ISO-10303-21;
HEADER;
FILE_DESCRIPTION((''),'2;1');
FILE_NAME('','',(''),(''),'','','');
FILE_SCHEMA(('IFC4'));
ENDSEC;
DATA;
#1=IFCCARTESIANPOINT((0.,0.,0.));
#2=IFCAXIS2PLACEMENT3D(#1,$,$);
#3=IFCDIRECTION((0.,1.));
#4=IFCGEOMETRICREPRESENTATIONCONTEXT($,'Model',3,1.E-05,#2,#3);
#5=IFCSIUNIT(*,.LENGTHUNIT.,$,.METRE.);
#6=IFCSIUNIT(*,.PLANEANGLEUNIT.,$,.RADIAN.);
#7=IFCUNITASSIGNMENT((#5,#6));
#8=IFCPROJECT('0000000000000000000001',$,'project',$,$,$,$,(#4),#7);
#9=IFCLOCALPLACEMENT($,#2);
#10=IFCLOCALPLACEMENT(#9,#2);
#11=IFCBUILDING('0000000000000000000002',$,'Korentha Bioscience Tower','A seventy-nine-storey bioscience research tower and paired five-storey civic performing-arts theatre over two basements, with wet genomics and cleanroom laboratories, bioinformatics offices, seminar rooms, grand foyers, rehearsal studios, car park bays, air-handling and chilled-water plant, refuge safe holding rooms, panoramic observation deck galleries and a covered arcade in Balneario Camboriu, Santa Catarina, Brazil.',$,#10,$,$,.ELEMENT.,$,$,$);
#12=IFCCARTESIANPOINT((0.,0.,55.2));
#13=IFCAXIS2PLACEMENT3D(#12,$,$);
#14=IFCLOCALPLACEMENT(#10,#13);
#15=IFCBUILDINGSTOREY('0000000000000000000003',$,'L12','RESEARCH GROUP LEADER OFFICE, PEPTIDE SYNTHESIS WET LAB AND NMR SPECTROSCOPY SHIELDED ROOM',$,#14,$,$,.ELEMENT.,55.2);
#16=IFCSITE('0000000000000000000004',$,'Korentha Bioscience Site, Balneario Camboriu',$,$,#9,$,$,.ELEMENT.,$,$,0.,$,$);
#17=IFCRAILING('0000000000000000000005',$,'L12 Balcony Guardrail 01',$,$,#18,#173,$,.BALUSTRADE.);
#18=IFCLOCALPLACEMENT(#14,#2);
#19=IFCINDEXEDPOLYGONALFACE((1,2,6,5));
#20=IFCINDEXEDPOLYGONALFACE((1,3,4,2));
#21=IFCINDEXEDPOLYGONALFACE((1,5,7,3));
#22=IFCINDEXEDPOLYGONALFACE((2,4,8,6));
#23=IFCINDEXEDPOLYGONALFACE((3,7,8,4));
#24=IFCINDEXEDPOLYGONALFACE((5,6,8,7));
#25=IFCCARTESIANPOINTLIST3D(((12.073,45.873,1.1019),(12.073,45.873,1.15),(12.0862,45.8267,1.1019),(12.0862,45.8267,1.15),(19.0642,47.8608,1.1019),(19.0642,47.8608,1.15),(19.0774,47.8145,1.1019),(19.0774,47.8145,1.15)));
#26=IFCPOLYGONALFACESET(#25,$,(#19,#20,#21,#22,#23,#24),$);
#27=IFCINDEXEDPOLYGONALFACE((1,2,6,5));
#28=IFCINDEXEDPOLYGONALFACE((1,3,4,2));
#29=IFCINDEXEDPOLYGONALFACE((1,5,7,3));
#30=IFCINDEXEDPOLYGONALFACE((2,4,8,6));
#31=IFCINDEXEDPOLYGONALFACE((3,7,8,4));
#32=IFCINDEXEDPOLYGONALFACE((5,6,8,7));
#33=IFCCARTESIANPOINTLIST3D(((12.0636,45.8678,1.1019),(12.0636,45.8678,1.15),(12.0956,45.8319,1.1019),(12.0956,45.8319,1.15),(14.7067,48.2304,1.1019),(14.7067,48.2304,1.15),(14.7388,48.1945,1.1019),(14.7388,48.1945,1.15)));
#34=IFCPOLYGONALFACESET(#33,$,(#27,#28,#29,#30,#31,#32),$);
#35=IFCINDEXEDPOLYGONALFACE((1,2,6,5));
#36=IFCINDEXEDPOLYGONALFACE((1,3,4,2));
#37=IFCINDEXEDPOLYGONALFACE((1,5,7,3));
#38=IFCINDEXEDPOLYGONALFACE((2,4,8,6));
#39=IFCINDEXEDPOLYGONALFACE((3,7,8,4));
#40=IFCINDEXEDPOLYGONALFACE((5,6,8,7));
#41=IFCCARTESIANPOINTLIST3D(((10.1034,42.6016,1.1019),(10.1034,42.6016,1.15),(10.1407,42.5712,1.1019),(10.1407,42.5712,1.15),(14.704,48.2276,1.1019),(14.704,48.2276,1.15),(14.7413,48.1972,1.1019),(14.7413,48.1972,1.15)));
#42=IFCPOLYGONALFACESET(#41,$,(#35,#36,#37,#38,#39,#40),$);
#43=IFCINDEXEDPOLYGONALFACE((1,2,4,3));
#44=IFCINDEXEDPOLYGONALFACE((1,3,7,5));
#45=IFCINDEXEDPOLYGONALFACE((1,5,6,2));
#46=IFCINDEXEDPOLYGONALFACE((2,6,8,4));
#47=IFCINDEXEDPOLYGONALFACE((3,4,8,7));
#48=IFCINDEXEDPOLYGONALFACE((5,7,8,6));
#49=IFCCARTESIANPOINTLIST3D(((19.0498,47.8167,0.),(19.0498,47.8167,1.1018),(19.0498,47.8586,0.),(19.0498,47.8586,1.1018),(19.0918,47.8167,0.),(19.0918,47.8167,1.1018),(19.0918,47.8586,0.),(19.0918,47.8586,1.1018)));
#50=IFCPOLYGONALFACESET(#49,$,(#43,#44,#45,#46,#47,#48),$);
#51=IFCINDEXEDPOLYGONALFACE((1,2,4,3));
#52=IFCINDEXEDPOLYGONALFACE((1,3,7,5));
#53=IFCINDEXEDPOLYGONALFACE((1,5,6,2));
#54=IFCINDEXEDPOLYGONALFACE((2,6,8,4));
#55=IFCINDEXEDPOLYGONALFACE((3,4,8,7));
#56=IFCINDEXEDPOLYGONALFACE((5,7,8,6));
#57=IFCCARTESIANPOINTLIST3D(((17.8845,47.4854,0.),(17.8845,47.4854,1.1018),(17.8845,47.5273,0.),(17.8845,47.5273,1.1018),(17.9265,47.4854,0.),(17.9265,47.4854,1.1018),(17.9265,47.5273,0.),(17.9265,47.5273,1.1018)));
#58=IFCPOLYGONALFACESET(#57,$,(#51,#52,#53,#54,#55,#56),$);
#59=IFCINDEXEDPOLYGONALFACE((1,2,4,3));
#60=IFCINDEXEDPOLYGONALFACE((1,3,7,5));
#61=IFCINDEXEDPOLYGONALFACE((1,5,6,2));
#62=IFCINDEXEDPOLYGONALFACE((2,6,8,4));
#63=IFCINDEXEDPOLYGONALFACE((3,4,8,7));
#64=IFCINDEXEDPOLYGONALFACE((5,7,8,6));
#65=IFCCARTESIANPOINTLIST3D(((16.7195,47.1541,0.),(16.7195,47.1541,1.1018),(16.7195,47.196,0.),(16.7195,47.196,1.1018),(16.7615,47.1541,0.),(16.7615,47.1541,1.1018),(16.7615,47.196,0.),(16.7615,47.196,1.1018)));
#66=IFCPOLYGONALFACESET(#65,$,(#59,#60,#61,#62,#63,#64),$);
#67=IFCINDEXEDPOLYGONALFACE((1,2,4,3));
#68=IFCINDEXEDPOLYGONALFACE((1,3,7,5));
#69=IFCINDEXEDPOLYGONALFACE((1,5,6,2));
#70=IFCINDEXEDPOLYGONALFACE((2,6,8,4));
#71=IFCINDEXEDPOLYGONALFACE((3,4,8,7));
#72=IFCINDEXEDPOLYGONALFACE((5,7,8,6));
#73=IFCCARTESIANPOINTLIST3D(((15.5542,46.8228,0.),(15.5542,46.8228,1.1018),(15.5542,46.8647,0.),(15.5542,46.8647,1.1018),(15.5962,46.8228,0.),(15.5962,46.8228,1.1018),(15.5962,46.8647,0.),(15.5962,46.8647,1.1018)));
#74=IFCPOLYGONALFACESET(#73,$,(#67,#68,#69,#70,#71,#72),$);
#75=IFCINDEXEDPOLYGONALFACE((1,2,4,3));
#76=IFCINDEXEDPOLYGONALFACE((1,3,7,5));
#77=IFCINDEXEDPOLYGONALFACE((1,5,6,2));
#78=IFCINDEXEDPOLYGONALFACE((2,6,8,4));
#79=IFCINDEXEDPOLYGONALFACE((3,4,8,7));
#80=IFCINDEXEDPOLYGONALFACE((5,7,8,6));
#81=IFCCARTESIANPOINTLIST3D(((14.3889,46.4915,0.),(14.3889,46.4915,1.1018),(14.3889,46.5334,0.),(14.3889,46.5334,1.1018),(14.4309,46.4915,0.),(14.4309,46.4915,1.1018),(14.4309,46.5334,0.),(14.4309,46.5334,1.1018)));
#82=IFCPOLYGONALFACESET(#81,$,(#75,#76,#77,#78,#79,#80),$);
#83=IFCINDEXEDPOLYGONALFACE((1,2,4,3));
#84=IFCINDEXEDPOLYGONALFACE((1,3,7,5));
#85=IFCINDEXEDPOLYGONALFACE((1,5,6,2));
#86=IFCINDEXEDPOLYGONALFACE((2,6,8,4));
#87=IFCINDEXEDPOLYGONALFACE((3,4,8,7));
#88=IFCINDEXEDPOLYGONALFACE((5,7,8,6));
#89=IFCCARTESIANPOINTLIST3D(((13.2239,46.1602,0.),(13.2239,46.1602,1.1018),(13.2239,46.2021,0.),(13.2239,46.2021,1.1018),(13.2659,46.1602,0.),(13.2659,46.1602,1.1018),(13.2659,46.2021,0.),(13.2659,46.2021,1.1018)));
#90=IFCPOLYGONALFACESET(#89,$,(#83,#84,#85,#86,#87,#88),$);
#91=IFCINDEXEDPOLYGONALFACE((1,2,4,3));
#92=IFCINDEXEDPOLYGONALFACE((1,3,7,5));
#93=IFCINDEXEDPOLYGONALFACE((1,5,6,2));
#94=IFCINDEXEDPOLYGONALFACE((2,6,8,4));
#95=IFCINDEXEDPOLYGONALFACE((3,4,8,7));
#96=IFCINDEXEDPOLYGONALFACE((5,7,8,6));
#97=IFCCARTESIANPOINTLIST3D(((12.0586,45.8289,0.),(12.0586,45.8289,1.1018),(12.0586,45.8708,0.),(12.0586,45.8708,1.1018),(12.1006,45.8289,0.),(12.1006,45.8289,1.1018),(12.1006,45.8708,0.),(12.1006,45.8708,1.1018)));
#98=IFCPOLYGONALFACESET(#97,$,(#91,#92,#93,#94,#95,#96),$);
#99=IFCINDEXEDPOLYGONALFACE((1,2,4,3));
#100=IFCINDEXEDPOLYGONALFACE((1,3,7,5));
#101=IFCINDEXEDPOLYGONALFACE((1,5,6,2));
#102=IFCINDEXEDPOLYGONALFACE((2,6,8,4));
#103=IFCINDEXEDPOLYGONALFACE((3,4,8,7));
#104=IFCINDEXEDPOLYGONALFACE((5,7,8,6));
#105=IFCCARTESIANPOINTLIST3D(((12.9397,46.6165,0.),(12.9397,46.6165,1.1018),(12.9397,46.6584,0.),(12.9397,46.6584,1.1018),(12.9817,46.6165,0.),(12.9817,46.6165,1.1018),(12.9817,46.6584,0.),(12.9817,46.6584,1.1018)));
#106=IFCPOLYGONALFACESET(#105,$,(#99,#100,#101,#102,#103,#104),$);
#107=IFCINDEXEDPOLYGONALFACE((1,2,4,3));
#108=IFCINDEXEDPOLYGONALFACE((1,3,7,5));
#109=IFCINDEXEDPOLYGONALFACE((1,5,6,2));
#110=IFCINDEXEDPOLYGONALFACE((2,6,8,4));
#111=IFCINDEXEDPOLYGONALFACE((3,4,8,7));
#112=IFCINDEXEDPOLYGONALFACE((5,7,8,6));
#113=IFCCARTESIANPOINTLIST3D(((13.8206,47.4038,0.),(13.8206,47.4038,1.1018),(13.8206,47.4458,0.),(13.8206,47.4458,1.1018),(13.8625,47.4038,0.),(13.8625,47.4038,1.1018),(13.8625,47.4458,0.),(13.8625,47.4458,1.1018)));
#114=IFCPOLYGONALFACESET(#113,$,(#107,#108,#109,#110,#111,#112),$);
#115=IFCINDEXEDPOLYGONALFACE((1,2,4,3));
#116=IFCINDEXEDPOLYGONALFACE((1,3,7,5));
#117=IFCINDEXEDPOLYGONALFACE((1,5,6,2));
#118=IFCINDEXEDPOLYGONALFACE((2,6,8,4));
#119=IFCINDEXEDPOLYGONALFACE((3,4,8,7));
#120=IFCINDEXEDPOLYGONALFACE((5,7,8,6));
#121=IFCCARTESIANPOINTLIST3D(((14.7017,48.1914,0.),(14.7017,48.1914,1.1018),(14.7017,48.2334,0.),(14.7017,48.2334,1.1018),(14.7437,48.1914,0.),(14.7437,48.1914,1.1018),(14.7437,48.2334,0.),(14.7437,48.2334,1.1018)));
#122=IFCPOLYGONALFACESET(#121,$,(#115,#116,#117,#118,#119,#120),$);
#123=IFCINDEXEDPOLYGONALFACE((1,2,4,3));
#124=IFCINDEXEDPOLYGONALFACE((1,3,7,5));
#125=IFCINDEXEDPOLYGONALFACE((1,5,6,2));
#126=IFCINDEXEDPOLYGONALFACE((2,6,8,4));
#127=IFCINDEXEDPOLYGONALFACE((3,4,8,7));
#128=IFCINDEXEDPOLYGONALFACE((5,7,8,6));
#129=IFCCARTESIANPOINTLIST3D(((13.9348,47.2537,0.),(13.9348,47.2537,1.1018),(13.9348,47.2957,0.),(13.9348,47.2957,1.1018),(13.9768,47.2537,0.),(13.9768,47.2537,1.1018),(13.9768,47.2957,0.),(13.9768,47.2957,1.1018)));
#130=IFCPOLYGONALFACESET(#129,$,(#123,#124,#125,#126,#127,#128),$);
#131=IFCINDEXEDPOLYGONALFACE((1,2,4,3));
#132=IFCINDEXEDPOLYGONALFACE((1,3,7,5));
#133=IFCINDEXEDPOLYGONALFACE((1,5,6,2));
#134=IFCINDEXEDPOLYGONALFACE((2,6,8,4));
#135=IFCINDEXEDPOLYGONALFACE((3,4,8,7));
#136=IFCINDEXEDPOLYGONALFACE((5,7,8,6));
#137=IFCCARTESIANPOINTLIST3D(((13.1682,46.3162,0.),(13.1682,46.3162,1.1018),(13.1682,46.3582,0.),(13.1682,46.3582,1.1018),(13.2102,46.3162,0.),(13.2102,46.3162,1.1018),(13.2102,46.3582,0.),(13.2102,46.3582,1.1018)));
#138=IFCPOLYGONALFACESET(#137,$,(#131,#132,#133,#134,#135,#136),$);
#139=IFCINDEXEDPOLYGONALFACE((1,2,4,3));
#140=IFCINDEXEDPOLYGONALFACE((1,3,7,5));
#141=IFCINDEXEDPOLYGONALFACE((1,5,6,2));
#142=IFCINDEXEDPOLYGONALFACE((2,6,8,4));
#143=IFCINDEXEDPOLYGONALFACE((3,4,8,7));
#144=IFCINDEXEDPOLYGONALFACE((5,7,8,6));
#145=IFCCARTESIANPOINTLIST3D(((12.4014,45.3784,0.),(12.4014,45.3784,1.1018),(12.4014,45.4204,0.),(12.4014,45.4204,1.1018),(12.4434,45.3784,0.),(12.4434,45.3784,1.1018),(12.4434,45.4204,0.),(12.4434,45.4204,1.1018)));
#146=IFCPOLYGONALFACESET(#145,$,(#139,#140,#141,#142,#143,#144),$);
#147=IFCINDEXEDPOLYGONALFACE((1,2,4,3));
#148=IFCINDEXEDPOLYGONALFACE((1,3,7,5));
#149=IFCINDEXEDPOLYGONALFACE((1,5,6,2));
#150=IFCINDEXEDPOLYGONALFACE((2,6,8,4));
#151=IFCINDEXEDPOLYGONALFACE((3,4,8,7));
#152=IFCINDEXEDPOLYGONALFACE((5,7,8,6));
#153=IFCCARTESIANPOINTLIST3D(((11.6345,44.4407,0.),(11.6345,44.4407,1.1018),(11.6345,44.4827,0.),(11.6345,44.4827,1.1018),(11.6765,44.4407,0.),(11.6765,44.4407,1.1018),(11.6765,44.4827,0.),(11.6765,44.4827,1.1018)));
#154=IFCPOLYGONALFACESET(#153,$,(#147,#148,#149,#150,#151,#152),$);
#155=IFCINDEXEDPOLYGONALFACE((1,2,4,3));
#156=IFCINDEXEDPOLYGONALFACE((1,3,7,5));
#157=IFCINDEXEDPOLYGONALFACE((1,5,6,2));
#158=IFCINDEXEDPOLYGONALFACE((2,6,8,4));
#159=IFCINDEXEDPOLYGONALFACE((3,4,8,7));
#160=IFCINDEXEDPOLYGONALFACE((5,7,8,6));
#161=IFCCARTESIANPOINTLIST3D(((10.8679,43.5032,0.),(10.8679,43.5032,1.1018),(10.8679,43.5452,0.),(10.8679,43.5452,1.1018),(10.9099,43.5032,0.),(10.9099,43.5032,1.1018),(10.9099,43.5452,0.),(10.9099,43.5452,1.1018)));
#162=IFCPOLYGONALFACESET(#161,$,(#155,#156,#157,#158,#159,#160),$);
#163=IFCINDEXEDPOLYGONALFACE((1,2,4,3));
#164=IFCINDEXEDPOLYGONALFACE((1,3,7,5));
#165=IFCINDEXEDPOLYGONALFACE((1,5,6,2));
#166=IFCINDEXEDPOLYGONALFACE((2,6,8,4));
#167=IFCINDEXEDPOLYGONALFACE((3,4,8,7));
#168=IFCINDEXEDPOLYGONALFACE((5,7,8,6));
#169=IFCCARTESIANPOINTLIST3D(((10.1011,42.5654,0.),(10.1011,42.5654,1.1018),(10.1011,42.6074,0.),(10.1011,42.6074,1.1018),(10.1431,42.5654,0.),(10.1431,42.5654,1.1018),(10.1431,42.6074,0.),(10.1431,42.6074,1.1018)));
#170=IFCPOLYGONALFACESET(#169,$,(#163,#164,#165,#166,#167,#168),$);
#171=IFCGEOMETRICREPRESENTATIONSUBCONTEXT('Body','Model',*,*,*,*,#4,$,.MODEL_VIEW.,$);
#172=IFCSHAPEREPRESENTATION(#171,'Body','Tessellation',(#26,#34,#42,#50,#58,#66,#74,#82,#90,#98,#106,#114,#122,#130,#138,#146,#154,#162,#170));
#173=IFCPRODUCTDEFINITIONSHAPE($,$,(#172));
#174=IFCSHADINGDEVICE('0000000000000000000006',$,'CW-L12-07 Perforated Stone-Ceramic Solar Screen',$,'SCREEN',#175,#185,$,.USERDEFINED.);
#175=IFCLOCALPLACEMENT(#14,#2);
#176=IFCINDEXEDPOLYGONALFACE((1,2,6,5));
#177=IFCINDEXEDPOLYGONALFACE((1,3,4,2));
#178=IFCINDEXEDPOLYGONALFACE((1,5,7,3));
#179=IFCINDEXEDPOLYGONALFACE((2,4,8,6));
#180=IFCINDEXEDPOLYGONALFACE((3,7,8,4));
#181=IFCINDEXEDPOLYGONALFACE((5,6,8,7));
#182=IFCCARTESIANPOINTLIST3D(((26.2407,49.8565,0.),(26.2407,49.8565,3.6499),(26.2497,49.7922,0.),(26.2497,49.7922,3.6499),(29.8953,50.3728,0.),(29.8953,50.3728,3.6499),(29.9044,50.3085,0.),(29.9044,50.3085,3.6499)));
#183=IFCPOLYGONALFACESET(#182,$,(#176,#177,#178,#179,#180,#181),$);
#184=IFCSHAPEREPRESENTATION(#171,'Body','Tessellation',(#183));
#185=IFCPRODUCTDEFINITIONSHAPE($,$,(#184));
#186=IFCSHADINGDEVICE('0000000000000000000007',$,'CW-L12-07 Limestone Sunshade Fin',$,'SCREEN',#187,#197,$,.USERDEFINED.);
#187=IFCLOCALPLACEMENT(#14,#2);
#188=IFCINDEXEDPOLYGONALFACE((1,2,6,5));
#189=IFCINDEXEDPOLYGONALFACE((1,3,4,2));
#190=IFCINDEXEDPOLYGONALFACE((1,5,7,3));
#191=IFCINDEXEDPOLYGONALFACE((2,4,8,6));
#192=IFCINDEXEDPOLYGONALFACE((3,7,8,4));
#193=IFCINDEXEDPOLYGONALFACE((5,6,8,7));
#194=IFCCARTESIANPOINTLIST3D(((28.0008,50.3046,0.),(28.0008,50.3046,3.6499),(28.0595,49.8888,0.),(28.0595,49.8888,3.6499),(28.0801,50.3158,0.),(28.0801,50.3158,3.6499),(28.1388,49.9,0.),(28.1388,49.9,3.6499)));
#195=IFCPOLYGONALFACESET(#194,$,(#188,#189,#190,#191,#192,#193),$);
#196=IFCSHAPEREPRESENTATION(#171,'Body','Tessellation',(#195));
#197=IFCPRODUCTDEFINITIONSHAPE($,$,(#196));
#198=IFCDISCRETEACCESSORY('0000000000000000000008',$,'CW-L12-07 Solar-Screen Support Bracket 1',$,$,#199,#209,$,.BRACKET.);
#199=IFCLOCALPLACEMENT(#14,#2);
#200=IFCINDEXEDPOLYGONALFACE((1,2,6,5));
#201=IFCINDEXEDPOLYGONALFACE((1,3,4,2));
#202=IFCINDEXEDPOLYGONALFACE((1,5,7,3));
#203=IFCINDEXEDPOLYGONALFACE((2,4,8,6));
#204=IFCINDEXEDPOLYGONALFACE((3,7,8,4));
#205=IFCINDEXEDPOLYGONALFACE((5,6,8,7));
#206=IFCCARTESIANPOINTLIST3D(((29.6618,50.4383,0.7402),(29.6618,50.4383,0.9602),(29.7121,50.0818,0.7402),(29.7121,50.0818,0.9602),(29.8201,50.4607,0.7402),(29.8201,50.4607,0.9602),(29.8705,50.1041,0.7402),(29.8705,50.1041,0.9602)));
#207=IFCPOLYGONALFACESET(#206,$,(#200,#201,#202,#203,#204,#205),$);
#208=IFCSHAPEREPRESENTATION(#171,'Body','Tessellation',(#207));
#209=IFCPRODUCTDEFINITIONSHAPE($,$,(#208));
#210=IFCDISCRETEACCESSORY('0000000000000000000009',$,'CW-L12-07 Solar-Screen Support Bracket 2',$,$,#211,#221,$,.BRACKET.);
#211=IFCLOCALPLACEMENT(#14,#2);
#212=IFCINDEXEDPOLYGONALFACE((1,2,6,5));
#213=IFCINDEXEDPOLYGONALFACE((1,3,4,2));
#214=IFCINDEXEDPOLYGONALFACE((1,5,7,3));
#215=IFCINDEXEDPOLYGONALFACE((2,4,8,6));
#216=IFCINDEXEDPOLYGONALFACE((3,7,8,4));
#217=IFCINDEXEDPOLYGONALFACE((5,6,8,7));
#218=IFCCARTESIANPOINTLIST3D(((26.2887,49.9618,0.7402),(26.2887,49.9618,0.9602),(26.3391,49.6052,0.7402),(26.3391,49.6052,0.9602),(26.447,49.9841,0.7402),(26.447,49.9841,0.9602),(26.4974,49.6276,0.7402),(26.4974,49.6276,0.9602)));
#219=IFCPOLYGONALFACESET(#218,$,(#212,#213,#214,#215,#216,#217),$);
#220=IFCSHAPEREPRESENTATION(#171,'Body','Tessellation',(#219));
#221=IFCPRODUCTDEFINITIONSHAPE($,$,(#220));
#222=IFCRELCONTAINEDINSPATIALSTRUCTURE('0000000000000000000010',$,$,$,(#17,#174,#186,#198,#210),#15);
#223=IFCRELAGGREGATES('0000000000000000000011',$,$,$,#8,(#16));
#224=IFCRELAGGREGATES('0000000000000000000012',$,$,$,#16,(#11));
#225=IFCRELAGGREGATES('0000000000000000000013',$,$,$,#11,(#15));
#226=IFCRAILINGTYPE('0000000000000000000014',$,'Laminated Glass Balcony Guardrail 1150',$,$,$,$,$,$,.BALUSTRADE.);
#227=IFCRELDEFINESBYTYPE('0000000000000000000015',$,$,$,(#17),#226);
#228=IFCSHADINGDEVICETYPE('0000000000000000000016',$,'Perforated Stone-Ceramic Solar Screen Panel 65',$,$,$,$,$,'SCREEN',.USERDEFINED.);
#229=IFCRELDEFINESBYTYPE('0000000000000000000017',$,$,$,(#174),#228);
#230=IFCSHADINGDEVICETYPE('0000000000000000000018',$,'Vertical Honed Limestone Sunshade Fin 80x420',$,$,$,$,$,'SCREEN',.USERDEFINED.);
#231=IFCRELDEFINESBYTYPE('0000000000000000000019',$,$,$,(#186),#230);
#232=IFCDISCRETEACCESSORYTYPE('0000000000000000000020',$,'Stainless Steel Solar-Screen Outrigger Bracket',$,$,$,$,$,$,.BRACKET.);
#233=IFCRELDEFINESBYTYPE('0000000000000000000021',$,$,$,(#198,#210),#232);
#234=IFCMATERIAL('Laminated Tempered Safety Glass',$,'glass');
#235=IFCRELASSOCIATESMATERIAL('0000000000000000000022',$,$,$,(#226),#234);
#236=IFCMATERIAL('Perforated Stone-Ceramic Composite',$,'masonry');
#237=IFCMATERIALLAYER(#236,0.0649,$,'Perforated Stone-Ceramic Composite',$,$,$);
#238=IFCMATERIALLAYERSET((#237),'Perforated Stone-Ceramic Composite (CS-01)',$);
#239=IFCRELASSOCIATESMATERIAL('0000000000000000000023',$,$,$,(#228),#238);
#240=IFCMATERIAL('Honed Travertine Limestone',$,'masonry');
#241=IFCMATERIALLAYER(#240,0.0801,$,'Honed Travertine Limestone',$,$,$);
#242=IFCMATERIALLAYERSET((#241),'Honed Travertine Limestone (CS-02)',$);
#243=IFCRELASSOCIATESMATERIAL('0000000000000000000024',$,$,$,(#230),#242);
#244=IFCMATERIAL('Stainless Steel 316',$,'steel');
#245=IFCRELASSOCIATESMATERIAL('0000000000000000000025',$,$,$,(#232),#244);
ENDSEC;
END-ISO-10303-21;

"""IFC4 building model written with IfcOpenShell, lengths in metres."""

from ifc_helpers import new_model, si_unit, direction, frame, origin, origin_2d, place, context, subcontext, project, spatial, rectangle, extrude, material, layer, layer_set, type_object, element, save


model = new_model("IFC4")

# Units and contexts
model_context = context("Model", 3, precision=1e-05, world=origin(), true_north=direction((0.0, 1.0)))
body_context = subcontext(model_context, "Body", "Model", "MODEL_VIEW")
ifc_project = project(units=[si_unit("LENGTHUNIT", "METRE"), si_unit("PLANEANGLEUNIT", "RADIAN")], contexts=[model_context])

# Site, building, storey
site_placement = place(None, origin())
site = spatial("IfcSite", under=ifc_project, at=site_placement, Name="Korentha Bioscience Site, Balneario Camboriu", CompositionType="ELEMENT", RefElevation=0.0)
building_placement = place(site_placement, origin())
building = spatial("IfcBuilding", under=site, at=building_placement, Name="Korentha Bioscience Tower", Description="A seventy-nine-storey bioscience research tower and paired five-storey civic performing-arts theatre over two basements, with wet genomics and cleanroom laboratories, bioinformatics offices, seminar rooms, grand foyers, rehearsal studios, car park bays, air-handling and chilled-water plant, refuge safe holding rooms, panoramic observation deck galleries and a covered arcade in Balneario Camboriu, Santa Catarina, Brazil.", CompositionType="ELEMENT")
storey_placement = place(building_placement, frame((0.0, 0.0, 55.2)))
storey = spatial("IfcBuildingStorey", under=building, at=storey_placement, Name="L12", Description="RESEARCH GROUP LEADER OFFICE, PEPTIDE SYNTHESIS WET LAB AND NMR SPECTROSCOPY SHIELDED ROOM", CompositionType="ELEMENT", Elevation=55.2)

# Railing
ifc_material_1 = material(Name="Laminated Tempered Safety Glass", Category="glass")
railing_type = type_object("IfcRailingType", Name="Laminated Glass Balcony Guardrail 1150", PredefinedType="BALUSTRADE", material=ifc_material_1)
railing_placement = place(storey_placement, frame((19.0708, 47.8376, 0.0)))
element("IfcRailing", 1, at=railing_placement, inside=storey, type_object=railing_type, Name="L12 Balcony Guardrail 01", PredefinedType="BALUSTRADE", context=body_context, shape_type="SweptSolid", body=[
    extrude(rectangle(XDim=0.0481, YDim=0.0481, at=origin_2d()), frame((0.0, 0.0, 1.126), z_axis=(-0.961876, -0.273488, 0.0), x_axis=(0.273488, -0.961876, 0.0)), (0.0, 0.0, 1.0), 7.2683),
    extrude(rectangle(XDim=0.0481, YDim=0.0481, at=origin_2d()), frame((-6.9912, -1.9878, 1.126), z_axis=(0.745564, 0.666434, 0.0), x_axis=(-0.666434, 0.745564, 0.0)), (0.0, 0.0, 1.0), 3.5452),
    extrude(rectangle(XDim=0.0481, YDim=0.0481, at=origin_2d()), frame((-4.3481, 0.3748, 1.126), z_axis=(-0.633033, -0.774125, 0.0), x_axis=(0.774125, -0.633033, 0.0)), (0.0, 0.0, 1.0), 7.2676),
    extrude(rectangle(XDim=0.042, YDim=0.042, at=origin_2d()), origin(), (0.0, 0.0, 1.0), 1.1018),
    extrude(rectangle(XDim=0.042, YDim=0.042, at=origin_2d()), frame((-1.1653, -0.3313, 0.0)), (0.0, 0.0, 1.0), 1.1018),
    extrude(rectangle(XDim=0.042, YDim=0.042, at=origin_2d()), frame((-2.3303, -0.6626, 0.0)), (0.0, 0.0, 1.0), 1.1018),
    extrude(rectangle(XDim=0.042, YDim=0.042, at=origin_2d()), frame((-3.4956, -0.9939, 0.0)), (0.0, 0.0, 1.0), 1.1018),
    extrude(rectangle(XDim=0.042, YDim=0.042, at=origin_2d()), frame((-4.6609, -1.3252, 0.0)), (0.0, 0.0, 1.0), 1.1018),
    extrude(rectangle(XDim=0.042, YDim=0.042, at=origin_2d()), frame((-5.8259, -1.6565, 0.0)), (0.0, 0.0, 1.0), 1.1018),
    extrude(rectangle(XDim=0.042, YDim=0.042, at=origin_2d()), frame((-6.9912, -1.9878, 0.0)), (0.0, 0.0, 1.0), 1.1018),
    extrude(rectangle(XDim=0.042, YDim=0.042, at=origin_2d()), frame((-6.1101, -1.2002, 0.0)), (0.0, 0.0, 1.0), 1.1018),
    extrude(rectangle(XDim=0.042, YDim=0.042, at=origin_2d()), frame((-5.2292, -0.4128, 0.0)), (0.0, 0.0, 1.0), 1.1018),
    extrude(rectangle(XDim=0.042, YDim=0.042, at=origin_2d()), frame((-4.3481, 0.3748, 0.0)), (0.0, 0.0, 1.0), 1.1018),
    extrude(rectangle(XDim=0.042, YDim=0.042, at=origin_2d()), frame((-5.115, -0.563, 0.0)), (0.0, 0.0, 1.0), 1.1018),
    extrude(rectangle(XDim=0.042, YDim=0.042, at=origin_2d()), frame((-5.8816, -1.5005, 0.0)), (0.0, 0.0, 1.0), 1.1018),
    extrude(rectangle(XDim=0.042, YDim=0.042, at=origin_2d()), frame((-6.6484, -2.4382, 0.0)), (0.0, 0.0, 1.0), 1.1018),
    extrude(rectangle(XDim=0.042, YDim=0.042, at=origin_2d()), frame((-7.4153, -3.376, 0.0)), (0.0, 0.0, 1.0), 1.1018),
    extrude(rectangle(XDim=0.042, YDim=0.042, at=origin_2d()), frame((-8.1819, -4.3135, 0.0)), (0.0, 0.0, 1.0), 1.1018),
    extrude(rectangle(XDim=0.042, YDim=0.042, at=origin_2d()), frame((-8.9487, -5.2512, 0.0)), (0.0, 0.0, 1.0), 1.1018),
])

# Shading devices
ifc_material_2 = material(Name="Perforated Stone-Ceramic Composite", Category="masonry")
ifc_layer_1 = layer(ifc_material_2, 0.0649, Name="Perforated Stone-Ceramic Composite")
ifc_layer_set_1 = layer_set([ifc_layer_1], Name="Perforated Stone-Ceramic Composite (CS-01)")
shading_device_type_1 = type_object("IfcShadingDeviceType", Name="Perforated Stone-Ceramic Solar Screen Panel 65", ElementType="SCREEN", PredefinedType="USERDEFINED", material=ifc_layer_set_1)
shading_device_1_placement = place(storey_placement, frame((28.0725, 50.0825, 0.0), z_axis=(0.0, 0.0, 1.0), x_axis=(-0.990167, -0.139888, 0.0)))
element("IfcShadingDevice", 2, at=shading_device_1_placement, inside=storey, type_object=shading_device_type_1, Name="CW-L12-07 Perforated Stone-Ceramic Solar Screen", ObjectType="SCREEN", PredefinedType="USERDEFINED", context=body_context, shape_type="SweptSolid", body=[
    extrude(rectangle(XDim=3.6909, YDim=0.0649, at=origin_2d()), origin(), (0.0, 0.0, 1.0), 3.6499),
])
ifc_material_3 = material(Name="Honed Travertine Limestone", Category="masonry")
ifc_layer_2 = layer(ifc_material_3, 0.0801, Name="Honed Travertine Limestone")
ifc_layer_set_2 = layer_set([ifc_layer_2], Name="Honed Travertine Limestone (CS-02)")
shading_device_type_2 = type_object("IfcShadingDeviceType", Name="Vertical Honed Limestone Sunshade Fin 80x420", ElementType="SCREEN", PredefinedType="USERDEFINED", material=ifc_layer_set_2)
shading_device_2_placement = place(storey_placement, frame((28.0698, 50.1023, 0.0), z_axis=(0.0, 0.0, 1.0), x_axis=(-0.990167, -0.139888, 0.0)))
element("IfcShadingDevice", 3, at=shading_device_2_placement, inside=storey, type_object=shading_device_type_2, Name="CW-L12-07 Limestone Sunshade Fin", ObjectType="SCREEN", PredefinedType="USERDEFINED", context=body_context, shape_type="SweptSolid", body=[
    extrude(rectangle(XDim=0.0801, YDim=0.4199, at=origin_2d()), origin(), (0.0, 0.0, 1.0), 3.6499),
])

# Discrete accessories
ifc_material_4 = material(Name="Stainless Steel 316", Category="steel")
discrete_accessory_type = type_object("IfcDiscreteAccessoryType", Name="Stainless Steel Solar-Screen Outrigger Bracket", PredefinedType="BRACKET", material=ifc_material_4)
for number, where, z_axis, x_axis, name in (
    (4, (29.7661, 50.2712, 0.7402), (0.0, 0.0, 1.0), (-0.990167, -0.139888, 0.0), "CW-L12-07 Solar-Screen Support Bracket 1"),
    (5, (26.3931, 49.7947, 0.7402), (0.0, 0.0, 1.0), (-0.990167, -0.139888, 0.0), "CW-L12-07 Solar-Screen Support Bracket 2"),
):
    element("IfcDiscreteAccessory", number, at=place(storey_placement, frame(where, z_axis=z_axis, x_axis=x_axis)), inside=storey, type_object=discrete_accessory_type, Name=name, PredefinedType="BRACKET", context=body_context, shape_type="SweptSolid", body=[
        extrude(rectangle(XDim=0.1599, YDim=0.3601, at=origin_2d()), origin(), (0.0, 0.0, 1.0), 0.22),
    ])

save(model, "model.ifc")
